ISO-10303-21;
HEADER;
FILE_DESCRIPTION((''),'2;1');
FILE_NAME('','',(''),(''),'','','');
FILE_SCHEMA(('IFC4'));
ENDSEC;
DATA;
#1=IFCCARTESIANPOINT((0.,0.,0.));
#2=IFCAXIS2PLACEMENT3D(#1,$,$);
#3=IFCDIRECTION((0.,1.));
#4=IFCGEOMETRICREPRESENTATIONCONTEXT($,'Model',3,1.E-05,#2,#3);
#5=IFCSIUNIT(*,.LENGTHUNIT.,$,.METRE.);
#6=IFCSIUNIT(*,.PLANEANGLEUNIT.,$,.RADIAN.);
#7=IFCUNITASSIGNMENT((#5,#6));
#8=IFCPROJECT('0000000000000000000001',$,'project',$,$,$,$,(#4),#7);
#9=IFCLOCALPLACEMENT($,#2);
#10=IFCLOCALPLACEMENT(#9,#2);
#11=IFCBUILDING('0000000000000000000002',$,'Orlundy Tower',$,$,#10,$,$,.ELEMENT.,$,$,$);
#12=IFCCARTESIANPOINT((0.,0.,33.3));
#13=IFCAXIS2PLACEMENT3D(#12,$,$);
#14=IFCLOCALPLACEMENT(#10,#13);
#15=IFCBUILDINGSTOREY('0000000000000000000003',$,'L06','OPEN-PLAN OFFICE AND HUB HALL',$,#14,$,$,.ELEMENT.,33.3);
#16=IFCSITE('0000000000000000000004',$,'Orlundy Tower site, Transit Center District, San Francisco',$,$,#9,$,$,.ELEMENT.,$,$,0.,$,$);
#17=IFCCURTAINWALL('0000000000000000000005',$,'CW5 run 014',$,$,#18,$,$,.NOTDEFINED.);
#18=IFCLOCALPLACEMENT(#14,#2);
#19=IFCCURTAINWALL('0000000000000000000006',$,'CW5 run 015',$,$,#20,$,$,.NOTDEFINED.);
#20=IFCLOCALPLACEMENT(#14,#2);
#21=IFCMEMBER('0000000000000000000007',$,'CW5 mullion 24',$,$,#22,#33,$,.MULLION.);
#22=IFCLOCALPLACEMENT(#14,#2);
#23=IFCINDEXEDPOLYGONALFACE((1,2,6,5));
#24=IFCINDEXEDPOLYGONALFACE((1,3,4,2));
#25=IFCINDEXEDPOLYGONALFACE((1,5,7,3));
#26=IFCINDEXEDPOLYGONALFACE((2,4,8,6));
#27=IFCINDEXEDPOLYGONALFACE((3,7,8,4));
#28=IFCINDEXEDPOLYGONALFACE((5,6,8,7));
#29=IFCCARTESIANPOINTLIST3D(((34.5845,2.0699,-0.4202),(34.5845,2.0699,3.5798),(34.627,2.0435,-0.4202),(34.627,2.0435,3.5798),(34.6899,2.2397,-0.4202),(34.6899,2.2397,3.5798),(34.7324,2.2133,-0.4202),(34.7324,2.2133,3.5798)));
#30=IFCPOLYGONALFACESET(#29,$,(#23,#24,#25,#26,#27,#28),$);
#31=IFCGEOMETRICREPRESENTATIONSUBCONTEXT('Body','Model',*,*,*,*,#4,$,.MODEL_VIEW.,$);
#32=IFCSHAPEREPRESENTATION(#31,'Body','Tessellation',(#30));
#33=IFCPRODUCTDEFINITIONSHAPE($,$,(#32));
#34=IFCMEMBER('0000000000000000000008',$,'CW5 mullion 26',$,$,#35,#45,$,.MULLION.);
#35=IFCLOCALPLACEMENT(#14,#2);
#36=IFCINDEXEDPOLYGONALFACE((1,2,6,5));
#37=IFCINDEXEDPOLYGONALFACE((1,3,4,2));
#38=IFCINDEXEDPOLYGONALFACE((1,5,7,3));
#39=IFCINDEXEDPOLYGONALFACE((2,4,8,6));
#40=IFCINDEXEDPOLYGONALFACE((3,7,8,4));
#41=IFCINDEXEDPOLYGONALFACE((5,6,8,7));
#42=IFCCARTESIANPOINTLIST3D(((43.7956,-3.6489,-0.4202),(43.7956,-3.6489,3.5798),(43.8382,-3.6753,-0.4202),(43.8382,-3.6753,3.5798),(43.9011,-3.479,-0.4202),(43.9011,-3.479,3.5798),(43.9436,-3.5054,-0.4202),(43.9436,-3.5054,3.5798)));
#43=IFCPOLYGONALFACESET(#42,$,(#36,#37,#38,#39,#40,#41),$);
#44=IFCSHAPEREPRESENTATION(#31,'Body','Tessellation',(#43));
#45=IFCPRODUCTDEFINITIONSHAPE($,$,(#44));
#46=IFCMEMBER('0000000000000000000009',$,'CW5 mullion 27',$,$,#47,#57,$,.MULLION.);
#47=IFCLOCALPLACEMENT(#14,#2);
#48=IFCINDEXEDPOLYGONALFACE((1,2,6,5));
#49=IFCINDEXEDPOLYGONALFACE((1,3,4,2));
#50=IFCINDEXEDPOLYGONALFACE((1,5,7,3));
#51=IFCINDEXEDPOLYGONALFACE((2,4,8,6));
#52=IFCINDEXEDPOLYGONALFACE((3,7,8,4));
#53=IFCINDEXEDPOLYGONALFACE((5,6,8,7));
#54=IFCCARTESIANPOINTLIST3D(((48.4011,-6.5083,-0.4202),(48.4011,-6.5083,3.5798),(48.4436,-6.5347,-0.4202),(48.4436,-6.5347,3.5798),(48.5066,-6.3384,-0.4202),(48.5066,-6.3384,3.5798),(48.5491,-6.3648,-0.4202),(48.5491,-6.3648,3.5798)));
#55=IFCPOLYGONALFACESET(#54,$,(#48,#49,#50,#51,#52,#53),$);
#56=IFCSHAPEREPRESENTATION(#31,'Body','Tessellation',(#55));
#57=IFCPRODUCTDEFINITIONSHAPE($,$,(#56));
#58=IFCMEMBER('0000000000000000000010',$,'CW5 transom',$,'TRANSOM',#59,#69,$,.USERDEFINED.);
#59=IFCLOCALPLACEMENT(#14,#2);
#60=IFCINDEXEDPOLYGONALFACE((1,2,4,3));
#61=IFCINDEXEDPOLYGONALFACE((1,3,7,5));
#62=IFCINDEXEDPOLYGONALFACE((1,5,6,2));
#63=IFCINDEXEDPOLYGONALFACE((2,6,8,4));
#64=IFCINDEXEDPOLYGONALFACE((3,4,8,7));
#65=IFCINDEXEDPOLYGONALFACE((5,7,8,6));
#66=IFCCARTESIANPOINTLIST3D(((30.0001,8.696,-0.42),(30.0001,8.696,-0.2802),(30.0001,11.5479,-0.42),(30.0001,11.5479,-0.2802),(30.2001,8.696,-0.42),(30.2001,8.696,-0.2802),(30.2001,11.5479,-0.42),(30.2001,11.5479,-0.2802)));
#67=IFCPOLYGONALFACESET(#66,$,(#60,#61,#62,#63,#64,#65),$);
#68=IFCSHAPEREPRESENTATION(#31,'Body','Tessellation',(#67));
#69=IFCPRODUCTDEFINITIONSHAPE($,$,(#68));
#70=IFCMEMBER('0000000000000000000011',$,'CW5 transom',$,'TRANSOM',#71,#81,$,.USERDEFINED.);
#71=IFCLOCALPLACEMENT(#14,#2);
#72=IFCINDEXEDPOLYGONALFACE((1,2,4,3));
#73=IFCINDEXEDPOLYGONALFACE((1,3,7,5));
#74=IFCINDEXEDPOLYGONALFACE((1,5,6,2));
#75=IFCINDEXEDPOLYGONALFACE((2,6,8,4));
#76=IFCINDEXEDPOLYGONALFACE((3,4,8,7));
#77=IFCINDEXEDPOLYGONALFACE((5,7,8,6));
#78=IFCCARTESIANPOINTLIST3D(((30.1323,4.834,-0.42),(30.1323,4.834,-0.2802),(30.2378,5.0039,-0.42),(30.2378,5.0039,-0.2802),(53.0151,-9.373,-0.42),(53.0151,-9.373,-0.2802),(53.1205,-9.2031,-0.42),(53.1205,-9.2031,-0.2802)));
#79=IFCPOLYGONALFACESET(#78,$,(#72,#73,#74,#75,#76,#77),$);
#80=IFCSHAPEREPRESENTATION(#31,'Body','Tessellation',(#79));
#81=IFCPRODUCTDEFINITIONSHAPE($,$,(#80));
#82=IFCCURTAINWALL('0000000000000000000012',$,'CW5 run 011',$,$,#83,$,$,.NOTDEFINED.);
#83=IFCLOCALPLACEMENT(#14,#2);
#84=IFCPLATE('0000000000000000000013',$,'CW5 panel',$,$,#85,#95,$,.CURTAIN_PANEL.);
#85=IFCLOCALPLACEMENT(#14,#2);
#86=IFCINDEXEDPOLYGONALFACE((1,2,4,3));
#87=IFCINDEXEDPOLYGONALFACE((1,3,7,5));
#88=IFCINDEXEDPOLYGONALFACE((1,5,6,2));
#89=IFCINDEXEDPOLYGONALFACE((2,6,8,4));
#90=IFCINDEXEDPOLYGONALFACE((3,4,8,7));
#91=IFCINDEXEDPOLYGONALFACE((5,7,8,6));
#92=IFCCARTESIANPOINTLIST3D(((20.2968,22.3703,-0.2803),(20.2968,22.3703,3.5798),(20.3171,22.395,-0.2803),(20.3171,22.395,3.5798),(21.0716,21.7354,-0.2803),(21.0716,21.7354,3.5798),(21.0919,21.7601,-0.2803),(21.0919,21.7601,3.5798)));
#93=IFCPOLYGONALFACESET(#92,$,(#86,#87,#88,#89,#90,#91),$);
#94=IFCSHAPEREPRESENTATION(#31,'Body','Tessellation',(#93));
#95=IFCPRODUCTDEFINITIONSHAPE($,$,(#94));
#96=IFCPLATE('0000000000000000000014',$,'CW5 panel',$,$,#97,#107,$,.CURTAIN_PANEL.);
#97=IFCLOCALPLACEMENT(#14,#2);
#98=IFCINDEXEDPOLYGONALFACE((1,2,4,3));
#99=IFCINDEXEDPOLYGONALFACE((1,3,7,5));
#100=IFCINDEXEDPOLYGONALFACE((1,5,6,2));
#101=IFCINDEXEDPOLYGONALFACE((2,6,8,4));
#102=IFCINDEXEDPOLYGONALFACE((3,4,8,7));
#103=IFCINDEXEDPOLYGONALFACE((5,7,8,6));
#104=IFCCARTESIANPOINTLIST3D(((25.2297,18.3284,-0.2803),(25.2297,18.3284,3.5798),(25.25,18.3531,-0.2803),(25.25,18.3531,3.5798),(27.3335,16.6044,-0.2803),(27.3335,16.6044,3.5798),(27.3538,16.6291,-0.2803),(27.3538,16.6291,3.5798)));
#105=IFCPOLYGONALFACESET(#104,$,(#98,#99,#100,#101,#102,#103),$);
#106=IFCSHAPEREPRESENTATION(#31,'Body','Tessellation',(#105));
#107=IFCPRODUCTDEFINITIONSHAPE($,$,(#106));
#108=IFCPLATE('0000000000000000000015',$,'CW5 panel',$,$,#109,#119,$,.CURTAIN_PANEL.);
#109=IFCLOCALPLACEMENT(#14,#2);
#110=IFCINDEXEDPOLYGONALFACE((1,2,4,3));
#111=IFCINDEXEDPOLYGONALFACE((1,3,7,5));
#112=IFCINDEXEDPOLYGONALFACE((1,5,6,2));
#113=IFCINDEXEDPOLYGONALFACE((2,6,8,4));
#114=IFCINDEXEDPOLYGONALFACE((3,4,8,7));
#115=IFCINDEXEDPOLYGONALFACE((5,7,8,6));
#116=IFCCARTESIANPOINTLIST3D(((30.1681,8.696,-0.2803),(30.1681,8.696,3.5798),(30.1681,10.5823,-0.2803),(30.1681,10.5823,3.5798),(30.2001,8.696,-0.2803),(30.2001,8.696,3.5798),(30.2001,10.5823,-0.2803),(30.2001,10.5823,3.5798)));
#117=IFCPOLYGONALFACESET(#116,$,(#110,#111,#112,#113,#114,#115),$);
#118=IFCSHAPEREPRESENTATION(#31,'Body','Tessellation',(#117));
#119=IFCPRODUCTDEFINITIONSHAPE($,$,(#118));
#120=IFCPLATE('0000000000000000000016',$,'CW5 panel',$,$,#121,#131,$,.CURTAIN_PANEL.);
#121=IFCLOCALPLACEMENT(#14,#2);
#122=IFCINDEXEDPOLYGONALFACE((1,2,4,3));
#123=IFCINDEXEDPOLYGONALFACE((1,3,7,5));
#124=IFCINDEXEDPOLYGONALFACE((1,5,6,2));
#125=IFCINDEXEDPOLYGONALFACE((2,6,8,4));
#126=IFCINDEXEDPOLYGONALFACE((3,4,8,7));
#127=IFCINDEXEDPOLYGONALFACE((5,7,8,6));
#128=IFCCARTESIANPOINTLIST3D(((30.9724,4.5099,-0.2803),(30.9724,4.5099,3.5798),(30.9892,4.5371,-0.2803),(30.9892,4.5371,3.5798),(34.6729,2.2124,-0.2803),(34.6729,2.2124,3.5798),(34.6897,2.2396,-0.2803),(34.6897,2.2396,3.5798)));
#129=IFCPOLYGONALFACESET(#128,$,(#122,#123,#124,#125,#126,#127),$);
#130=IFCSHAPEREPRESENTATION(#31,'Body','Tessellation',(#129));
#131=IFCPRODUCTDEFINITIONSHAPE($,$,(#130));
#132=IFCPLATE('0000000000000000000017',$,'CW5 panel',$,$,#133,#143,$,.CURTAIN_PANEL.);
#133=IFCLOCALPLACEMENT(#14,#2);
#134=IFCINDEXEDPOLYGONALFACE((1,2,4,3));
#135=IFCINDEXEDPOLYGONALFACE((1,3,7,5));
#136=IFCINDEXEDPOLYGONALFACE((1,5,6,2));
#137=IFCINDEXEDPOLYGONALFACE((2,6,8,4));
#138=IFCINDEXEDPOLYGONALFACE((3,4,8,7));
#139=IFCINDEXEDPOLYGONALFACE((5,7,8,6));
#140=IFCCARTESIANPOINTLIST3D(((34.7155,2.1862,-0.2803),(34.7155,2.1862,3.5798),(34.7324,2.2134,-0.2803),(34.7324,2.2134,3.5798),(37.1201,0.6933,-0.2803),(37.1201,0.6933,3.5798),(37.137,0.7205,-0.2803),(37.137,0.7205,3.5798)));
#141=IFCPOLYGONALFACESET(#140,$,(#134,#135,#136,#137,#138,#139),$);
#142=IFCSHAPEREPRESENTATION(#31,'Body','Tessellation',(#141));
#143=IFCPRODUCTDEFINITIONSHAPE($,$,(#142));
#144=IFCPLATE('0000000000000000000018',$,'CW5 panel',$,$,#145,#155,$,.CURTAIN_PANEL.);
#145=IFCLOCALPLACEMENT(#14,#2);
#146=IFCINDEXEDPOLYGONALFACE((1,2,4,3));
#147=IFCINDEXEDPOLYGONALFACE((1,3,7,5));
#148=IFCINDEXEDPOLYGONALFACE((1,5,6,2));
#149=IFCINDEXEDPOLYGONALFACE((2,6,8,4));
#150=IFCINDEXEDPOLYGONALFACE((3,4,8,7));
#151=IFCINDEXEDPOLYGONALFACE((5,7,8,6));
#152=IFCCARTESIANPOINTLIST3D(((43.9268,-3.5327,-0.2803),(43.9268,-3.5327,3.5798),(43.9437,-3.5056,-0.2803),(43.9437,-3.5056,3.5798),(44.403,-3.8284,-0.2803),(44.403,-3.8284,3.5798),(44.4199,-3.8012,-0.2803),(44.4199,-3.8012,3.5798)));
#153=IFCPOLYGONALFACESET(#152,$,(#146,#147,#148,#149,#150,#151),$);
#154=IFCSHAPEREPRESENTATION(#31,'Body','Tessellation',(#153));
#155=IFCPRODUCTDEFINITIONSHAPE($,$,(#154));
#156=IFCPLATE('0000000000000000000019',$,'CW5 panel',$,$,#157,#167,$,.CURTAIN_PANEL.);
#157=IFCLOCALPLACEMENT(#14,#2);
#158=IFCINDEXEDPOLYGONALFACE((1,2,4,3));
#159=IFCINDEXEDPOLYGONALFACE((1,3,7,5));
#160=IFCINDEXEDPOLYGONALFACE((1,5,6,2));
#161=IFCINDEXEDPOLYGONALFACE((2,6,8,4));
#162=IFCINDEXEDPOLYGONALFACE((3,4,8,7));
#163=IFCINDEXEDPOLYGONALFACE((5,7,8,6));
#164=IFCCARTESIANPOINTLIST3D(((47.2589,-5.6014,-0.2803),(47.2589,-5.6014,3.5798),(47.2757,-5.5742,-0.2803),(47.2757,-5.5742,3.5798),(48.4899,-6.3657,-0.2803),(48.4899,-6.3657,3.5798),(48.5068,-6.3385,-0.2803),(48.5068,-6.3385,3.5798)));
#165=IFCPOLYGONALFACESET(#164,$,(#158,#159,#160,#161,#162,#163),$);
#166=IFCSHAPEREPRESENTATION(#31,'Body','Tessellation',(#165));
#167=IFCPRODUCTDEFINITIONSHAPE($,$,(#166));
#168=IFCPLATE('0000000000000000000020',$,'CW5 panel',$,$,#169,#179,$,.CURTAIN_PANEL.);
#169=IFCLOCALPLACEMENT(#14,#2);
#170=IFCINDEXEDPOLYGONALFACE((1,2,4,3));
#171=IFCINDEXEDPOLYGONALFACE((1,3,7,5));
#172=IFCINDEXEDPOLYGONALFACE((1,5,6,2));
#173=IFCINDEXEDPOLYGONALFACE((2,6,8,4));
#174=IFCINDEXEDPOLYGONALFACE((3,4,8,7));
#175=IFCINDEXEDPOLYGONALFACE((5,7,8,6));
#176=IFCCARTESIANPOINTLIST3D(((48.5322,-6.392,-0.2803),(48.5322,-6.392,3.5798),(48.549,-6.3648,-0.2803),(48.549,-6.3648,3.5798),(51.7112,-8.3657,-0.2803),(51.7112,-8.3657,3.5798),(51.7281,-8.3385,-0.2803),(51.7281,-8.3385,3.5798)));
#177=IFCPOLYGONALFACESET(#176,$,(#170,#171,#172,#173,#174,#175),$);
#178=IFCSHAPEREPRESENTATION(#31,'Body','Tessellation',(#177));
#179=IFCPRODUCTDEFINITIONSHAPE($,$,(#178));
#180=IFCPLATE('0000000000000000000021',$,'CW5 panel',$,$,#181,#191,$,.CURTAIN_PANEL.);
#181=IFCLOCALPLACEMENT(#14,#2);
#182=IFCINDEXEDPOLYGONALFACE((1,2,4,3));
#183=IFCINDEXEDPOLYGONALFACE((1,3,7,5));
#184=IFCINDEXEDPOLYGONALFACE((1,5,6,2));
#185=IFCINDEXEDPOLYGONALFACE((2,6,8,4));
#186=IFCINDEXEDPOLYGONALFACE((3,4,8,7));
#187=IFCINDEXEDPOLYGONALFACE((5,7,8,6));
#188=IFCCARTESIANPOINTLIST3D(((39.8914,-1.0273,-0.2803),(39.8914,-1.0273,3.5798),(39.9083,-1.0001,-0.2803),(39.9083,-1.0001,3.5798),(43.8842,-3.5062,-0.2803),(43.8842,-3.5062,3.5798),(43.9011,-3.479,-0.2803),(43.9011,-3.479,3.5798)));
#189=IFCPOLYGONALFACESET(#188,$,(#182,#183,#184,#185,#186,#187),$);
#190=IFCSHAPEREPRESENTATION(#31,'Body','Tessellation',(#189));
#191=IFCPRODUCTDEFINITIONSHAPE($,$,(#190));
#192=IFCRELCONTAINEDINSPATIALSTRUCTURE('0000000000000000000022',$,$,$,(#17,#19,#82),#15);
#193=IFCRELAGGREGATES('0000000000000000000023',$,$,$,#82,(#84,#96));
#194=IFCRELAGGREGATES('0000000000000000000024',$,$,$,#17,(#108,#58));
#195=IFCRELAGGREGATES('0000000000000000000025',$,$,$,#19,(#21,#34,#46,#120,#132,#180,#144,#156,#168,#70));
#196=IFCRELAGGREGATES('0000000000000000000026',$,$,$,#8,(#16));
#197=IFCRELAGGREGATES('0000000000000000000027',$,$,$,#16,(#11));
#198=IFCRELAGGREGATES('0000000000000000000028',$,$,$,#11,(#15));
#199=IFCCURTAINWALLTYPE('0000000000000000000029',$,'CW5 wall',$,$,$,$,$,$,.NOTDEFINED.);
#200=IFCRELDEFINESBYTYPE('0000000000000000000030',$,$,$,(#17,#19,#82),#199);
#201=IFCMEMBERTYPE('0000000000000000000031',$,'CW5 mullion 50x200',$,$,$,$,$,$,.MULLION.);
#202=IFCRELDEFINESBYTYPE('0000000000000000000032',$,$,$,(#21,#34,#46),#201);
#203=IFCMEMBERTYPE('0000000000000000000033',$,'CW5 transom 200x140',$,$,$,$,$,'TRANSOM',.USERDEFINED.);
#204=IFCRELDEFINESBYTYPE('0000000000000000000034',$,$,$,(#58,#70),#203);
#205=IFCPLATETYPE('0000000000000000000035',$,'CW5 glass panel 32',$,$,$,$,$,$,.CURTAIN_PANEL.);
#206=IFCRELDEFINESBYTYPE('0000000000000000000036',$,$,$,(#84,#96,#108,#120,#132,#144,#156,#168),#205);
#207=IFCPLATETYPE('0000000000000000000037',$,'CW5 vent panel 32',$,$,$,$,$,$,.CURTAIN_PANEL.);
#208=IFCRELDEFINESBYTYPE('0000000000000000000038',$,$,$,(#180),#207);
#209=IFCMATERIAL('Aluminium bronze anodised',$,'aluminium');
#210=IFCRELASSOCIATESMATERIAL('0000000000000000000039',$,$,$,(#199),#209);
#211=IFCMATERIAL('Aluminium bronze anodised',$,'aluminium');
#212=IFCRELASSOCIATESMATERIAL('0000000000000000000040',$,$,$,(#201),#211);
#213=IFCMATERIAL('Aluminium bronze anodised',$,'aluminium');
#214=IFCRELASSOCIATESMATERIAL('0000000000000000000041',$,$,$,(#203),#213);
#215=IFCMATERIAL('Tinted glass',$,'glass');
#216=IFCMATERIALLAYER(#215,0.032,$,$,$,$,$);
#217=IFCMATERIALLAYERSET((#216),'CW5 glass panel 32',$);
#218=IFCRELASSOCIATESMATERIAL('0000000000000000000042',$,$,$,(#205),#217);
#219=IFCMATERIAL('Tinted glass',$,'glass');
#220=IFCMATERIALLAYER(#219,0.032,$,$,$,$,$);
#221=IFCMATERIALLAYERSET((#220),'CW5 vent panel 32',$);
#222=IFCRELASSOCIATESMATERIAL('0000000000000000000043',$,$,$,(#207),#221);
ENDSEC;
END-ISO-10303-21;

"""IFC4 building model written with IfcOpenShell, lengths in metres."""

from ifc_helpers import new_model, si_unit, direction, frame, origin, origin_2d, place, context, subcontext, project, spatial, rectangle, extrude, material, layer, layer_set, material_profile, profile_set, type_object, element, aggregate, save


model = new_model("IFC4")

# Units and contexts
model_context = context("Model", 3, precision=1e-05, world=origin(), true_north=direction((0.0, 1.0)))
body_context = subcontext(model_context, "Body", "Model", "MODEL_VIEW")
ifc_project = project(units=[si_unit("LENGTHUNIT", "METRE"), si_unit("PLANEANGLEUNIT", "RADIAN")], contexts=[model_context])

# Site, building, storey
site_placement = place(None, origin())
site = spatial("IfcSite", under=ifc_project, at=site_placement, Name="Orlundy Tower site, Transit Center District, San Francisco", CompositionType="ELEMENT", RefElevation=0.0)
building_placement = place(site_placement, origin())
building = spatial("IfcBuilding", under=site, at=building_placement, Name="Orlundy Tower", CompositionType="ELEMENT")
storey_placement = place(building_placement, frame((0.0, 0.0, 33.3)))
storey = spatial("IfcBuildingStorey", under=building, at=storey_placement, Name="L06", Description="OPEN-PLAN OFFICE AND HUB HALL", CompositionType="ELEMENT", Elevation=33.3)

# Curtain wall
ifc_material_1 = material(Name="Aluminium bronze anodised", Category="aluminium")
curtain_wall_type = type_object("IfcCurtainWallType", Name="CW5 wall", PredefinedType="NOTDEFINED", material=ifc_material_1)
curtain_wall_1_placement = place(storey_placement, origin())
curtain_wall_1 = element("IfcCurtainWall", 1, at=curtain_wall_1_placement, inside=storey, type_object=curtain_wall_type, Name="CW5 run 014", PredefinedType="NOTDEFINED")
ifc_material_2 = material(Name="Aluminium bronze anodised", Category="aluminium")
ifc_material_profile_1 = material_profile(ifc_material_2, rectangle(XDim=0.2, YDim=0.05, at=origin_2d()), Name="CW5 mullion 50x200")
ifc_profile_set_1 = profile_set([ifc_material_profile_1], Name="Aluminium bronze anodised")
member_type_1 = type_object("IfcMemberType", Name="CW5 mullion 50x200", PredefinedType="MULLION", material=ifc_profile_set_1)

# Curtain wall, members
curtain_wall_2_placement = place(storey_placement, origin())
curtain_wall_2 = element("IfcCurtainWall", 2, at=curtain_wall_2_placement, inside=storey, type_object=curtain_wall_type, Name="CW5 run 015", PredefinedType="NOTDEFINED")
member_1_placement = place(storey_placement, frame((34.6584, 2.1416, -0.4202), z_axis=(0.0, 0.0, 1.0), x_axis=(0.527463, 0.849578, 0.0)))
member_1 = element("IfcMember", 3, at=member_1_placement, type_object=member_type_1, Name="CW5 mullion 24", PredefinedType="MULLION", context=body_context, shape_type="SweptSolid", body=[
    extrude(rectangle(XDim=0.2, YDim=0.05, at=origin_2d()), origin(), (0.0, 0.0, 1.0), 4.0),
])
member_2_placement = place(storey_placement, frame((43.8696, -3.5771, -0.4202), z_axis=(0.0, 0.0, 1.0), x_axis=(0.527463, 0.849578, 0.0)))
member_2 = element("IfcMember", 4, at=member_2_placement, type_object=member_type_1, Name="CW5 mullion 26", PredefinedType="MULLION", context=body_context, shape_type="SweptSolid", body=[
    extrude(rectangle(XDim=0.2, YDim=0.05, at=origin_2d()), origin(), (0.0, 0.0, 1.0), 4.0),
])
member_3_placement = place(storey_placement, frame((48.4751, -6.4365, -0.4202), z_axis=(0.0, 0.0, 1.0), x_axis=(0.527463, 0.849578, 0.0)))
member_3 = element("IfcMember", 5, at=member_3_placement, type_object=member_type_1, Name="CW5 mullion 27", PredefinedType="MULLION", context=body_context, shape_type="SweptSolid", body=[
    extrude(rectangle(XDim=0.2, YDim=0.05, at=origin_2d()), origin(), (0.0, 0.0, 1.0), 4.0),
])

# Members
ifc_material_3 = material(Name="Aluminium bronze anodised", Category="aluminium")
ifc_material_profile_2 = material_profile(ifc_material_3, rectangle(XDim=0.2, YDim=0.1399, at=origin_2d()), Name="CW5 transom 200x140")
ifc_profile_set_2 = profile_set([ifc_material_profile_2], Name="Aluminium bronze anodised")
member_type_2 = type_object("IfcMemberType", Name="CW5 transom 200x140", ElementType="TRANSOM", PredefinedType="USERDEFINED", material=ifc_profile_set_2)
member_4_placement = place(storey_placement, frame((30.1001, 11.5479, -0.3501), z_axis=(0.0, -1.0, 0.0), x_axis=(1.0, 0.0, 0.0)))
member_4 = element("IfcMember", 6, at=member_4_placement, type_object=member_type_2, Name="CW5 transom", ObjectType="TRANSOM", PredefinedType="USERDEFINED", context=body_context, shape_type="SweptSolid", body=[
    extrude(rectangle(XDim=0.2, YDim=0.1399, at=origin_2d()), origin(), (0.0, 0.0, 1.0), 2.8518),
])
member_5_placement = place(storey_placement, frame((30.1851, 4.9189, -0.3501), z_axis=(0.849575, -0.527468, 0.0), x_axis=(0.527468, 0.849575, 0.0)))
member_5 = element("IfcMember", 7, at=member_5_placement, type_object=member_type_2, Name="CW5 transom", ObjectType="TRANSOM", PredefinedType="USERDEFINED", context=body_context, shape_type="SweptSolid", body=[
    extrude(rectangle(XDim=0.2, YDim=0.1399, at=origin_2d()), origin(), (0.0, 0.0, 1.0), 26.9343),
])

# Curtain wall, plates
curtain_wall_3_placement = place(storey_placement, origin())
curtain_wall_3 = element("IfcCurtainWall", 8, at=curtain_wall_3_placement, inside=storey, type_object=curtain_wall_type, Name="CW5 run 011", PredefinedType="NOTDEFINED")
ifc_material_4 = material(Name="Tinted glass", Category="glass")
ifc_layer_1 = layer(ifc_material_4, 0.032)
ifc_layer_set_1 = layer_set([ifc_layer_1], Name="CW5 glass panel 32")
plate_type_1 = type_object("IfcPlateType", Name="CW5 glass panel 32", PredefinedType="CURTAIN_PANEL", material=ifc_layer_set_1)
plate_1_placement = place(storey_placement, frame((20.6943, 22.0652, -0.2803), z_axis=(0.0, 0.0, 1.0), x_axis=(0.773485, -0.633815, 0.0)))
plate_1 = element("IfcPlate", 9, at=plate_1_placement, type_object=plate_type_1, Name="CW5 panel", PredefinedType="CURTAIN_PANEL", context=body_context, shape_type="SweptSolid", body=[
    extrude(rectangle(XDim=1.0017, YDim=0.032, at=origin_2d()), origin(), (0.0, 0.0, 1.0), 3.8601),
])
plate_2_placement = place(storey_placement, frame((26.2917, 17.4788, -0.2803), z_axis=(0.0, 0.0, 1.0), x_axis=(0.773485, -0.633815, 0.0)))
plate_2 = element("IfcPlate", 10, at=plate_2_placement, type_object=plate_type_1, Name="CW5 panel", PredefinedType="CURTAIN_PANEL", context=body_context, shape_type="SweptSolid", body=[
    extrude(rectangle(XDim=2.72, YDim=0.032, at=origin_2d()), origin(), (0.0, 0.0, 1.0), 3.8601),
])
aggregate(curtain_wall_3, [plate_1, plate_2])

# Plates
plate_3_placement = place(storey_placement, frame((30.1841, 9.6392, -0.2803), z_axis=(0.0, 0.0, 1.0), x_axis=(0.0, -1.0, 0.0)))
plate_3 = element("IfcPlate", 11, at=plate_3_placement, type_object=plate_type_1, Name="CW5 panel", PredefinedType="CURTAIN_PANEL", context=body_context, shape_type="SweptSolid", body=[
    extrude(rectangle(XDim=1.8862, YDim=0.032, at=origin_2d()), origin(), (0.0, 0.0, 1.0), 3.8601),
])
aggregate(curtain_wall_1, [plate_3, member_4])
plate_4_placement = place(storey_placement, frame((32.8311, 3.3748, -0.2803), z_axis=(0.0, 0.0, 1.0), x_axis=(0.849578, -0.527463, 0.0)))
plate_4 = element("IfcPlate", 12, at=plate_4_placement, type_object=plate_type_1, Name="CW5 panel", PredefinedType="CURTAIN_PANEL", context=body_context, shape_type="SweptSolid", body=[
    extrude(rectangle(XDim=4.3557, YDim=0.032, at=origin_2d()), origin(), (0.0, 0.0, 1.0), 3.8601),
])
plate_5_placement = place(storey_placement, frame((35.9263, 1.4534, -0.2803), z_axis=(0.0, 0.0, 1.0), x_axis=(0.849578, -0.527463, 0.0)))
plate_5 = element("IfcPlate", 13, at=plate_5_placement, type_object=plate_type_1, Name="CW5 panel", PredefinedType="CURTAIN_PANEL", context=body_context, shape_type="SweptSolid", body=[
    extrude(rectangle(XDim=2.8303, YDim=0.032, at=origin_2d()), origin(), (0.0, 0.0, 1.0), 3.8601),
])
plate_6_placement = place(storey_placement, frame((44.1733, -3.667, -0.2803), z_axis=(0.0, 0.0, 1.0), x_axis=(0.849578, -0.527463, 0.0)))
plate_6 = element("IfcPlate", 14, at=plate_6_placement, type_object=plate_type_1, Name="CW5 panel", PredefinedType="CURTAIN_PANEL", context=body_context, shape_type="SweptSolid", body=[
    extrude(rectangle(XDim=0.5605, YDim=0.032, at=origin_2d()), origin(), (0.0, 0.0, 1.0), 3.8601),
])
plate_7_placement = place(storey_placement, frame((47.8828, -5.97, -0.2803), z_axis=(0.0, 0.0, 1.0), x_axis=(0.849578, -0.527463, 0.0)))
plate_7 = element("IfcPlate", 15, at=plate_7_placement, type_object=plate_type_1, Name="CW5 panel", PredefinedType="CURTAIN_PANEL", context=body_context, shape_type="SweptSolid", body=[
    extrude(rectangle(XDim=1.449, YDim=0.032, at=origin_2d()), origin(), (0.0, 0.0, 1.0), 3.8601),
])
plate_8_placement = place(storey_placement, frame((50.1301, -7.3652, -0.2803), z_axis=(0.0, 0.0, 1.0), x_axis=(0.849578, -0.527463, 0.0)))
plate_8 = element("IfcPlate", 16, at=plate_8_placement, type_object=plate_type_1, Name="CW5 panel", PredefinedType="CURTAIN_PANEL", context=body_context, shape_type="SweptSolid", body=[
    extrude(rectangle(XDim=3.7419, YDim=0.032, at=origin_2d()), origin(), (0.0, 0.0, 1.0), 3.8601),
])
ifc_material_5 = material(Name="Tinted glass", Category="glass")
ifc_layer_2 = layer(ifc_material_5, 0.032)
ifc_layer_set_2 = layer_set([ifc_layer_2], Name="CW5 vent panel 32")
plate_type_2 = type_object("IfcPlateType", Name="CW5 vent panel 32", PredefinedType="CURTAIN_PANEL", material=ifc_layer_set_2)
plate_9_placement = place(storey_placement, frame((41.8962, -2.2532, -0.2803), z_axis=(0.0, 0.0, 1.0), x_axis=(0.849578, -0.527463, 0.0)))
plate_9 = element("IfcPlate", 17, at=plate_9_placement, type_object=plate_type_2, Name="CW5 panel", PredefinedType="CURTAIN_PANEL", context=body_context, shape_type="SweptSolid", body=[
    extrude(rectangle(XDim=4.6997, YDim=0.032, at=origin_2d()), origin(), (0.0, 0.0, 1.0), 3.8601),
])
aggregate(curtain_wall_2, [member_1, member_2, member_3, plate_4, plate_5, plate_9, plate_6, plate_7, plate_8, member_5])

save(model, "model.ifc")
